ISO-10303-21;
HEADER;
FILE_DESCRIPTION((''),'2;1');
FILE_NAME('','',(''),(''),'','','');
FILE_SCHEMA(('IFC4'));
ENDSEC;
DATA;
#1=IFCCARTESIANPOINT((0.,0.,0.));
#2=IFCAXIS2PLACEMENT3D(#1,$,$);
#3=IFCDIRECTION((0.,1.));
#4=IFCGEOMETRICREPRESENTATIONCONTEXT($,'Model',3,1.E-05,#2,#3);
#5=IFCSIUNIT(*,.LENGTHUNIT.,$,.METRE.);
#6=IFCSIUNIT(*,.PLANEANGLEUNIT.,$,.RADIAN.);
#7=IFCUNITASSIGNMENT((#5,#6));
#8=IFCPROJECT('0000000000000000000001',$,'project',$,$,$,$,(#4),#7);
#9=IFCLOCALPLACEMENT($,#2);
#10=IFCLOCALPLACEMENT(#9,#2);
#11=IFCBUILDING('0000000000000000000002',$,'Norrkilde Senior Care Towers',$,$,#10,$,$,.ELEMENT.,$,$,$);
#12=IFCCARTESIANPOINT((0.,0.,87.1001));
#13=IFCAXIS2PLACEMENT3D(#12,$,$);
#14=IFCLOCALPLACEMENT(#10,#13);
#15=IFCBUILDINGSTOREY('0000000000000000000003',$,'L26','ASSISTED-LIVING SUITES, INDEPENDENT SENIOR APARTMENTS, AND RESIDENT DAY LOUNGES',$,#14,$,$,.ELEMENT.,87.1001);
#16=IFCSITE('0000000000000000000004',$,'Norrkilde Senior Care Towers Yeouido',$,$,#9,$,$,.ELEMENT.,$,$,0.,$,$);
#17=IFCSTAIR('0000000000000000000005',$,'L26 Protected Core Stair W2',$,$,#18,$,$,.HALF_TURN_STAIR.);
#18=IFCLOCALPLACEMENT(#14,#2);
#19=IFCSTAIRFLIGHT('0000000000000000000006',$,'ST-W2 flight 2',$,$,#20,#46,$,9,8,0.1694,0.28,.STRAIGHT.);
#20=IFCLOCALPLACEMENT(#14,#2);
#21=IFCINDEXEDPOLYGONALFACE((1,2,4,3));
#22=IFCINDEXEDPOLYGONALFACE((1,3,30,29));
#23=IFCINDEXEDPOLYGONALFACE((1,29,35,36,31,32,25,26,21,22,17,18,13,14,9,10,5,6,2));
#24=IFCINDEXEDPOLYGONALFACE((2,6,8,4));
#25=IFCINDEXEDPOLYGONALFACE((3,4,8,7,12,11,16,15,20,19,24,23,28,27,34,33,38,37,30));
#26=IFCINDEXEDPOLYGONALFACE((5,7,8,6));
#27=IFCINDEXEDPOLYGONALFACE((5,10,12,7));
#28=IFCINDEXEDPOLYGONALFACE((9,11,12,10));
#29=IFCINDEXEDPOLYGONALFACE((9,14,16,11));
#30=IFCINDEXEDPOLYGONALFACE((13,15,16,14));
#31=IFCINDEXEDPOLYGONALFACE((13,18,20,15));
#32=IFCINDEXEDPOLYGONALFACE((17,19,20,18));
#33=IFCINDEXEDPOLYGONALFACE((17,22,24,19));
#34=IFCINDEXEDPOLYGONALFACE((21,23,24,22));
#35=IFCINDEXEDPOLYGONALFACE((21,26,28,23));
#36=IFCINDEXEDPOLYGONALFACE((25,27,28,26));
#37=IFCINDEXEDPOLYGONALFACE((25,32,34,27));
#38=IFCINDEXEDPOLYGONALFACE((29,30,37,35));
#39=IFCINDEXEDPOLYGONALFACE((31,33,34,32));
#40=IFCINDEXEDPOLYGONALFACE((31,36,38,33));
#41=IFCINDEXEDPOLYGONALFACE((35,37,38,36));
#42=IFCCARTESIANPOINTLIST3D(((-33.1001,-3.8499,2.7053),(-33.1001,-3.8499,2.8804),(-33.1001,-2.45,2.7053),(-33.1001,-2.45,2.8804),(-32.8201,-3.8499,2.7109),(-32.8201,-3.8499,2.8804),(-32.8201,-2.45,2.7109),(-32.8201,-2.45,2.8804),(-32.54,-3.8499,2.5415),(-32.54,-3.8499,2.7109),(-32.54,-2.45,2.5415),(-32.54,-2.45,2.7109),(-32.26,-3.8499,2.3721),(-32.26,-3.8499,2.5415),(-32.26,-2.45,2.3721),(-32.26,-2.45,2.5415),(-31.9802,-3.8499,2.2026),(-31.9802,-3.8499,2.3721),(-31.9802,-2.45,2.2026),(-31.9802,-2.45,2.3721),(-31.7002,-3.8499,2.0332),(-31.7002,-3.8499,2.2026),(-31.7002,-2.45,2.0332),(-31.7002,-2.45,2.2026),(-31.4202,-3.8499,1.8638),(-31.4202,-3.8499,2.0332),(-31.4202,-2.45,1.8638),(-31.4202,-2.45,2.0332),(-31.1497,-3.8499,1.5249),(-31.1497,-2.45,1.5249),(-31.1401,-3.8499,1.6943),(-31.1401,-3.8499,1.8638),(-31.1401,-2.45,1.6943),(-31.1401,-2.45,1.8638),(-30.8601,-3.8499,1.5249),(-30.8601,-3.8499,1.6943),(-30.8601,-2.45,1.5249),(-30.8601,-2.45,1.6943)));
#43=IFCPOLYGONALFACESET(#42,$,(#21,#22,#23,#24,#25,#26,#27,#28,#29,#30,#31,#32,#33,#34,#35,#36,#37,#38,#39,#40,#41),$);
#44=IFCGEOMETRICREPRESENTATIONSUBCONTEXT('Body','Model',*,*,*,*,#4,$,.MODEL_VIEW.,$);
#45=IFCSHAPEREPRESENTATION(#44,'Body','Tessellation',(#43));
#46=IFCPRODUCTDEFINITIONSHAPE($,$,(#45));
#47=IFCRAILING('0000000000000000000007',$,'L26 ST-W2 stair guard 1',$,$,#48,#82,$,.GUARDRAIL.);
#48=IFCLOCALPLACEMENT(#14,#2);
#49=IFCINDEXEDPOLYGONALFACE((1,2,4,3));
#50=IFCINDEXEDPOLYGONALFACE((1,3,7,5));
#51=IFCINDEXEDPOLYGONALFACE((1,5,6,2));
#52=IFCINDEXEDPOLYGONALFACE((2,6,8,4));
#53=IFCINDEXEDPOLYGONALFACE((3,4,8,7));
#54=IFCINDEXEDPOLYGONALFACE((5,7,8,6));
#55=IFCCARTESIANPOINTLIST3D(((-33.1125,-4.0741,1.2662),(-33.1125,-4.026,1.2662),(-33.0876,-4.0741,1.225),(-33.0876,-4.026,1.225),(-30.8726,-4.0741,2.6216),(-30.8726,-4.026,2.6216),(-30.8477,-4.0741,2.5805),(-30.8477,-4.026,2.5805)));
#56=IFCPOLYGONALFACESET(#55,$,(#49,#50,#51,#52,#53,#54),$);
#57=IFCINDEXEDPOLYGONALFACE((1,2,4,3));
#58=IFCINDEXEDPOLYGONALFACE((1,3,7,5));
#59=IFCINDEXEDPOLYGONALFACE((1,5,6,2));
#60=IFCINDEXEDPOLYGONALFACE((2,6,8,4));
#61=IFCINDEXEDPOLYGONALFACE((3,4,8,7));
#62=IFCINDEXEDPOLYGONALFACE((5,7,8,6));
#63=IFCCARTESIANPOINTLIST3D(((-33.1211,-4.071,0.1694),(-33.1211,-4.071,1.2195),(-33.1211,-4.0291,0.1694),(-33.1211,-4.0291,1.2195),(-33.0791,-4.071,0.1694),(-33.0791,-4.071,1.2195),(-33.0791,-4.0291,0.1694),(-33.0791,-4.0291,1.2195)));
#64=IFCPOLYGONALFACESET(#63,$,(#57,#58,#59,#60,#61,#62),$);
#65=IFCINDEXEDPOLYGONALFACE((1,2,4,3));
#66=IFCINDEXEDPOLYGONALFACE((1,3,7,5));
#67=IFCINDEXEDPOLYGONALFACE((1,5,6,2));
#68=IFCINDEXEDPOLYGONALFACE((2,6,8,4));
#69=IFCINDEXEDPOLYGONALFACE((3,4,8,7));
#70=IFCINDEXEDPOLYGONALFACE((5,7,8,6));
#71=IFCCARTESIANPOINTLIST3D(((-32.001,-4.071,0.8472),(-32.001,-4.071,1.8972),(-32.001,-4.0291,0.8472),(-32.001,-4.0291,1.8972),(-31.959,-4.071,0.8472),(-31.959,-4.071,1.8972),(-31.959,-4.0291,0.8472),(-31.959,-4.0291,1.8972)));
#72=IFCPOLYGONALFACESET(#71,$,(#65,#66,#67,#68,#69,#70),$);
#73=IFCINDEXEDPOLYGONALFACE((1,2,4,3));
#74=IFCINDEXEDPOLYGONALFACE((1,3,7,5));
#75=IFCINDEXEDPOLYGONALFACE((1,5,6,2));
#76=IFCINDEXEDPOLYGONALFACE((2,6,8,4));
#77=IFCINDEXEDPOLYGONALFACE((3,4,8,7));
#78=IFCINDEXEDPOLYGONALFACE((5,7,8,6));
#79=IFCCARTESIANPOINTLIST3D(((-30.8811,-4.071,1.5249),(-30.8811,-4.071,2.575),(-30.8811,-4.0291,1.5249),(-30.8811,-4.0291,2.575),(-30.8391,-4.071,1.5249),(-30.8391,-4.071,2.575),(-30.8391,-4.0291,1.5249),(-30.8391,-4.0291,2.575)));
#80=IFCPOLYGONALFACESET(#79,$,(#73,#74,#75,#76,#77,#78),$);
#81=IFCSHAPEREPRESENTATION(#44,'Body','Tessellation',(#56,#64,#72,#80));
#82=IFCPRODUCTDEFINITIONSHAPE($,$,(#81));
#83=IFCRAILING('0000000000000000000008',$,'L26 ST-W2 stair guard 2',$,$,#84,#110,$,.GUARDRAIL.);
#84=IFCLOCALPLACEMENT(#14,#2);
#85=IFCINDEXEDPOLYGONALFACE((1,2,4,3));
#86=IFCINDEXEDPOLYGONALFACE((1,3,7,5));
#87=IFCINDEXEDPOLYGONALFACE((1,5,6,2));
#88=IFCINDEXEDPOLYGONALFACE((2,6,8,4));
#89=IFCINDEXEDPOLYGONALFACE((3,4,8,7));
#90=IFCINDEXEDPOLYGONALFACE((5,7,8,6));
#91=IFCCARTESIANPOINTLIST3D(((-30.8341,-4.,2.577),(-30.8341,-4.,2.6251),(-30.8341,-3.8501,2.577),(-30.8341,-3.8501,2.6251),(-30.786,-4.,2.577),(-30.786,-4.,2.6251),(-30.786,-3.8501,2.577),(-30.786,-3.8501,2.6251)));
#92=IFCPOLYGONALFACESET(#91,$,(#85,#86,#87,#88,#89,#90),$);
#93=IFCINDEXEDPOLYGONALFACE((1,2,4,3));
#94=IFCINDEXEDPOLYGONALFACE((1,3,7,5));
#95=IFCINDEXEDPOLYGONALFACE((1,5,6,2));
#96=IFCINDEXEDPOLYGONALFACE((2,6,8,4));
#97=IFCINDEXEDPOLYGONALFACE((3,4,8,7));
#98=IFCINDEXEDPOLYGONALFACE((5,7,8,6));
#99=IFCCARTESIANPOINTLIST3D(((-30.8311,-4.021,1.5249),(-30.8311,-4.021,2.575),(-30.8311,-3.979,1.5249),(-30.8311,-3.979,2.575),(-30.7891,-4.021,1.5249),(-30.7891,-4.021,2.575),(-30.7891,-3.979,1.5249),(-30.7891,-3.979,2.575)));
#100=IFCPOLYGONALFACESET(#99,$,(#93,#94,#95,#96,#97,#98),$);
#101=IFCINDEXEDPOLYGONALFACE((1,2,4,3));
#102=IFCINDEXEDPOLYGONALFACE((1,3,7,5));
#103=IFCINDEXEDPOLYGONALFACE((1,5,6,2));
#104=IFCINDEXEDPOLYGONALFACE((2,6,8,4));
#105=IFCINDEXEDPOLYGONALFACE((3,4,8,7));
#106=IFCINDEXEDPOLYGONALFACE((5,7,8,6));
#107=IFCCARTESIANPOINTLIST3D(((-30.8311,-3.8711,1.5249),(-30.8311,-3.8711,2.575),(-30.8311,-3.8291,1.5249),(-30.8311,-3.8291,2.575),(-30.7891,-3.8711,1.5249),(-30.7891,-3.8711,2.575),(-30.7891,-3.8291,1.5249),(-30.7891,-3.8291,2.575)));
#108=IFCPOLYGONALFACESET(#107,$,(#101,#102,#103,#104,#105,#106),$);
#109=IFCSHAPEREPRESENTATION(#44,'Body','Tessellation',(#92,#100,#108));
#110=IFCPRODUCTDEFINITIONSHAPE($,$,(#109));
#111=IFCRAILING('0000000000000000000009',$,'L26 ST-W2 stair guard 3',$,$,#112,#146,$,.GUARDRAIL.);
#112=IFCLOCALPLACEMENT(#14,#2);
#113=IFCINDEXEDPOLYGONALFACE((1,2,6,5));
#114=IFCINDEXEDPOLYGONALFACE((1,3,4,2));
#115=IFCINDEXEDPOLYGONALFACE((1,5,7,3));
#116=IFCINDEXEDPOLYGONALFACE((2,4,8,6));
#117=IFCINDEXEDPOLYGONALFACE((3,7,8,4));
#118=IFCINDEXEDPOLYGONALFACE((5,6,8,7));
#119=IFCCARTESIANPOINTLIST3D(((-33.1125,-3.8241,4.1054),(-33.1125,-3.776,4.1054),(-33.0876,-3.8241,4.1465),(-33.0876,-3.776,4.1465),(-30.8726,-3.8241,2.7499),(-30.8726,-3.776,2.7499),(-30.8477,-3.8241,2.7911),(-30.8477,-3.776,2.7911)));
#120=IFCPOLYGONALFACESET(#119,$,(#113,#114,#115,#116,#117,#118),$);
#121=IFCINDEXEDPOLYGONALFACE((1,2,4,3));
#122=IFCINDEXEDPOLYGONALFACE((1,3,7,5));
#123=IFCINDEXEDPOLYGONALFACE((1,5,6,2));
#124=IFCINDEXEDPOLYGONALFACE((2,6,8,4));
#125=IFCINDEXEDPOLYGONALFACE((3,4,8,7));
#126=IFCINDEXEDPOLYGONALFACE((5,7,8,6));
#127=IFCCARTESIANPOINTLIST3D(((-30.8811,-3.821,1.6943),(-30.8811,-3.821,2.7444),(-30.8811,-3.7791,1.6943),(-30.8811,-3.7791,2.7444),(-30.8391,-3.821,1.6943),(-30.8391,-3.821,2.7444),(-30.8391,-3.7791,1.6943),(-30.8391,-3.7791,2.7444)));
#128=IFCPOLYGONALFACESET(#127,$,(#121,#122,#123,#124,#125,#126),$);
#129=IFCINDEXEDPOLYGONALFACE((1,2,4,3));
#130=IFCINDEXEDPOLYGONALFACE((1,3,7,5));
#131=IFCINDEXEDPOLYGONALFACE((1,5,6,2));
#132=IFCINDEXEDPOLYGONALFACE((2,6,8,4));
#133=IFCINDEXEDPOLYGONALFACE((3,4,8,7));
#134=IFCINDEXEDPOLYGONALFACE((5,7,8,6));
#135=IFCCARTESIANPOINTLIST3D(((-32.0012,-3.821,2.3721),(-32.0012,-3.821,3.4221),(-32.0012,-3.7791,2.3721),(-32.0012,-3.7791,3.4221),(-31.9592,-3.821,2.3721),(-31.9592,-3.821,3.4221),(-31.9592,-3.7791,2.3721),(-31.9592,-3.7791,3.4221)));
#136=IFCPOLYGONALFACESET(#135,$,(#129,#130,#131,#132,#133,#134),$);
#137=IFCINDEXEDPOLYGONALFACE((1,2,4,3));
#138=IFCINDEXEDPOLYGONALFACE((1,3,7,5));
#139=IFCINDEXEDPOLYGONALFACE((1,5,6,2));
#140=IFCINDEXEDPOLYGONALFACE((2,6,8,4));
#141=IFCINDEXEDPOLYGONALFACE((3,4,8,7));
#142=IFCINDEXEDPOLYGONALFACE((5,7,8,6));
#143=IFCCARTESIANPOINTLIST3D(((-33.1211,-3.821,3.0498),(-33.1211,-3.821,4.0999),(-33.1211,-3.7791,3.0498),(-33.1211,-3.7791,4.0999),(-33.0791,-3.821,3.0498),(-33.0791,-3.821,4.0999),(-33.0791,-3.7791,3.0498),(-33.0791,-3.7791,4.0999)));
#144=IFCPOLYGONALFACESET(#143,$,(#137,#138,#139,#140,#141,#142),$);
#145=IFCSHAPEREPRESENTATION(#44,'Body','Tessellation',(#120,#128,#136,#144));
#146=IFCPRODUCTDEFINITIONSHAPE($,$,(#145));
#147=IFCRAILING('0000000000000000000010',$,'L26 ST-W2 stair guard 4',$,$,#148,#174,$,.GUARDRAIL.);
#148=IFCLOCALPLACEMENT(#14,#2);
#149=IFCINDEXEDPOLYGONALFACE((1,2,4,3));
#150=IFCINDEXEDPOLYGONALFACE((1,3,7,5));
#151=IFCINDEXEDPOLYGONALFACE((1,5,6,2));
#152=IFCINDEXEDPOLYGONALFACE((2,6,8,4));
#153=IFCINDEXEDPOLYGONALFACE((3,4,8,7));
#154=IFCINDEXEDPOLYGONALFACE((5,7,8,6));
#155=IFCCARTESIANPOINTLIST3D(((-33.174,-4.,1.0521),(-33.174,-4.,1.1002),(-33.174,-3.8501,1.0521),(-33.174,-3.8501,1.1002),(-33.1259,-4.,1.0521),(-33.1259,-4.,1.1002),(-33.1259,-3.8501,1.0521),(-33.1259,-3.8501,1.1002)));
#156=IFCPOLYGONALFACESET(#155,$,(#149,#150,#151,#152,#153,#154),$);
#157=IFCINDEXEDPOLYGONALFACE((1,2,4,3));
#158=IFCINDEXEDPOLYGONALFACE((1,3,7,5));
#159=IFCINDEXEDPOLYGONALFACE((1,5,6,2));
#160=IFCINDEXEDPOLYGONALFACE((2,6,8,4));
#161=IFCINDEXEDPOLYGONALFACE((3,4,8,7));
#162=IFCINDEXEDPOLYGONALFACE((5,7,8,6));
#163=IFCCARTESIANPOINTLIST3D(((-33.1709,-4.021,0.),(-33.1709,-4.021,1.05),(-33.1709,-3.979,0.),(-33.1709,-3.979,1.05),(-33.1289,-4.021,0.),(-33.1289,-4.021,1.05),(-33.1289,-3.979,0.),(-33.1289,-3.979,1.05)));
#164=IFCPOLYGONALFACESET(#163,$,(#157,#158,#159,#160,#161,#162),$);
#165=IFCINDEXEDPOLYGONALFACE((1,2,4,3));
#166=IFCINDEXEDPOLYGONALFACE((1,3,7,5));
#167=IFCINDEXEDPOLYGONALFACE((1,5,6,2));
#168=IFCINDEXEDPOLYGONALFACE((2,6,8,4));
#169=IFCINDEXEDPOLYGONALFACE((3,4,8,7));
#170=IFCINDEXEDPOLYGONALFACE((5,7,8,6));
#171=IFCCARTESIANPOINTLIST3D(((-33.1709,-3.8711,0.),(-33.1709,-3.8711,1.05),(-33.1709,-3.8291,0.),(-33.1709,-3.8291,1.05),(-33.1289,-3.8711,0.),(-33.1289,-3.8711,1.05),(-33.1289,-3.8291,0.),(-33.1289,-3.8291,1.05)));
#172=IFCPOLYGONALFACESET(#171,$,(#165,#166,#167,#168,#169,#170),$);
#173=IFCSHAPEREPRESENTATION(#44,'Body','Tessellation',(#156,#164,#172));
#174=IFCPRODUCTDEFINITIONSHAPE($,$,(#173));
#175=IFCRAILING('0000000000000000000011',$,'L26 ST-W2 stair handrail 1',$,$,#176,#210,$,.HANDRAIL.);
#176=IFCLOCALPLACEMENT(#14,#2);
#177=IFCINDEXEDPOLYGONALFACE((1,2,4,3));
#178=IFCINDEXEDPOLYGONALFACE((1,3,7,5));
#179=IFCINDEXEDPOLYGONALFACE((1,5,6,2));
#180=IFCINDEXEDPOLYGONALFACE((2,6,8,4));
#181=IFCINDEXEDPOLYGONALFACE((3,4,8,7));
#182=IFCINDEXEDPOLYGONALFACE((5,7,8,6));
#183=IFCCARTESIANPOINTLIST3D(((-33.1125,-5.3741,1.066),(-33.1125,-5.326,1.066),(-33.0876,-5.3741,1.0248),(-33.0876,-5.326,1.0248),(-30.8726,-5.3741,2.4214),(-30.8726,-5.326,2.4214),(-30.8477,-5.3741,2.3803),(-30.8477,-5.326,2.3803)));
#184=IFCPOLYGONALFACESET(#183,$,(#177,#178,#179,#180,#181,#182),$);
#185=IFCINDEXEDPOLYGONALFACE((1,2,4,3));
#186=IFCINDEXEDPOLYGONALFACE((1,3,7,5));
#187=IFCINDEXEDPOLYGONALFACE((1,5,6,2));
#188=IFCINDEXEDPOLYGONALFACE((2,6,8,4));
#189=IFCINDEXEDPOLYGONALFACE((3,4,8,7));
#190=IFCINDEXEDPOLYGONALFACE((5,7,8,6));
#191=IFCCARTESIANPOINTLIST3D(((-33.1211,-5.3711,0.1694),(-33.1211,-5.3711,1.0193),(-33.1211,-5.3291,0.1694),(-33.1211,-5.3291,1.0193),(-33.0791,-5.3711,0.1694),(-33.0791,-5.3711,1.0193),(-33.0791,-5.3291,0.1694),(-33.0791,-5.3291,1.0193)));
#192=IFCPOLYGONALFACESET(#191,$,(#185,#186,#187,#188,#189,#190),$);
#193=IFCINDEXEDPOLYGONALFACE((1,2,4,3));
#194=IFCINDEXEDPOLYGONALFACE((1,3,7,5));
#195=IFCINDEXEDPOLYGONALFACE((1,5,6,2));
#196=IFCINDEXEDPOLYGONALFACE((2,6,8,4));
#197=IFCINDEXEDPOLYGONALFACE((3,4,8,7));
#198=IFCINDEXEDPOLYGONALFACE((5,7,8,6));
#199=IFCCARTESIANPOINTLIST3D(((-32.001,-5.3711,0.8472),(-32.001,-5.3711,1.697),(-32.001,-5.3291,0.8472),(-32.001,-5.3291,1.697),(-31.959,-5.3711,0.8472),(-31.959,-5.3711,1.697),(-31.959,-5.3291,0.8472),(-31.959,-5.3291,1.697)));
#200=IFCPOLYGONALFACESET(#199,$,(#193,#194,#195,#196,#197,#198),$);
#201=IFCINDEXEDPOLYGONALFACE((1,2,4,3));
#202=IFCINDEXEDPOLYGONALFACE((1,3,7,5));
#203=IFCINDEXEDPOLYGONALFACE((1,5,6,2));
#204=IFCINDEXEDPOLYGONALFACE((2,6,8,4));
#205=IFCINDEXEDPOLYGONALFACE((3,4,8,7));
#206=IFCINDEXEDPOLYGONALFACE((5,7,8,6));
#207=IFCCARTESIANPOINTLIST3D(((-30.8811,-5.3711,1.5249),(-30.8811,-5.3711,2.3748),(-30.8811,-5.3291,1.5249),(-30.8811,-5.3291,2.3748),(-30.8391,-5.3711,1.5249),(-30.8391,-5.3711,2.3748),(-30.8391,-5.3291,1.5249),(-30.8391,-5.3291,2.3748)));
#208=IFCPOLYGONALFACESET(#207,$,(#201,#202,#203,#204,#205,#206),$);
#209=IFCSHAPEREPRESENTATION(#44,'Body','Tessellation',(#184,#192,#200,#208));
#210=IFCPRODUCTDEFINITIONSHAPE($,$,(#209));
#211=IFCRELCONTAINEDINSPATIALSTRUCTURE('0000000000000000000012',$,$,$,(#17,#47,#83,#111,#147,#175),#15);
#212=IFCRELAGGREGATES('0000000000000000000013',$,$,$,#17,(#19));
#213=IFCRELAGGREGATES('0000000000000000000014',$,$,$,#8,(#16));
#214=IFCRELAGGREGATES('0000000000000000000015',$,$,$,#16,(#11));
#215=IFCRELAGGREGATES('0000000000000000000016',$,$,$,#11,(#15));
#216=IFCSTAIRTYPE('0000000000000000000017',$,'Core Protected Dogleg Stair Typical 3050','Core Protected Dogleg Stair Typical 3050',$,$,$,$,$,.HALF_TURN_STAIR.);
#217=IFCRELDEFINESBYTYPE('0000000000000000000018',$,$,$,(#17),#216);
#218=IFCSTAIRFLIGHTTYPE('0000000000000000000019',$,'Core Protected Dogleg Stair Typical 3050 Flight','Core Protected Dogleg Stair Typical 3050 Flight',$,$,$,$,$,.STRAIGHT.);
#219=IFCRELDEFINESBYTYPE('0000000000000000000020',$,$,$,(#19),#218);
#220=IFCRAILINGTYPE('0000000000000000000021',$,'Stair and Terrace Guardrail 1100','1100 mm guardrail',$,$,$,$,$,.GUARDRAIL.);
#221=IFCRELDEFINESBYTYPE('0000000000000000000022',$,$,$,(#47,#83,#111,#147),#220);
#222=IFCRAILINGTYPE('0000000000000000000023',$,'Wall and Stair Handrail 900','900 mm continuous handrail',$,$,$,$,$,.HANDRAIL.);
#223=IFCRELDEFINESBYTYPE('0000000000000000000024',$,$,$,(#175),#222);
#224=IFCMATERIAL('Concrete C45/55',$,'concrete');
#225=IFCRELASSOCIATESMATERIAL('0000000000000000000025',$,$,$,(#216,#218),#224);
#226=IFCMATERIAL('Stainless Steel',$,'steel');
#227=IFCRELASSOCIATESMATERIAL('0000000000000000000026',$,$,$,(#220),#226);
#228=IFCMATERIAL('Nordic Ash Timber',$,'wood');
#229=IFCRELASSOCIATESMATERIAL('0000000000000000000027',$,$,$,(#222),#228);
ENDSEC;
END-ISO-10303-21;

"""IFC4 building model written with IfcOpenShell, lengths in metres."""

from ifc_helpers import new_model, si_unit, direction, frame, origin, origin_2d, place, context, subcontext, project, spatial, polyline, rectangle, outline, extrude, material, type_object, element, aggregate, save


model = new_model("IFC4")

# Units and contexts
model_context = context("Model", 3, precision=1e-05, world=origin(), true_north=direction((0.0, 1.0)))
body_context = subcontext(model_context, "Body", "Model", "MODEL_VIEW")
ifc_project = project(units=[si_unit("LENGTHUNIT", "METRE"), si_unit("PLANEANGLEUNIT", "RADIAN")], contexts=[model_context])

# Site, building, storey
site_placement = place(None, origin())
site = spatial("IfcSite", under=ifc_project, at=site_placement, Name="Norrkilde Senior Care Towers Yeouido", CompositionType="ELEMENT", RefElevation=0.0)
building_placement = place(site_placement, origin())
building = spatial("IfcBuilding", under=site, at=building_placement, Name="Norrkilde Senior Care Towers", CompositionType="ELEMENT")
storey_placement = place(building_placement, frame((0.0, 0.0, 87.1001)))
storey = spatial("IfcBuildingStorey", under=building, at=storey_placement, Name="L26", Description="ASSISTED-LIVING SUITES, INDEPENDENT SENIOR APARTMENTS, AND RESIDENT DAY LOUNGES", CompositionType="ELEMENT", Elevation=87.1001)

# Shared definitions
ifc_material_1 = material(Name="Concrete C45/55", Category="concrete")
ifc_material_2 = material(Name="Stainless Steel", Category="steel")

# Shared definitions
ifc_material_3 = material(Name="Nordic Ash Timber", Category="wood")

# Stair, stair flight
stair_type = type_object("IfcStairType", Name="Core Protected Dogleg Stair Typical 3050", Description="Core Protected Dogleg Stair Typical 3050", PredefinedType="HALF_TURN_STAIR", material=ifc_material_1)
stair_placement = place(storey_placement, origin())
stair = element("IfcStair", 1, at=stair_placement, inside=storey, type_object=stair_type, Name="L26 Protected Core Stair W2", PredefinedType="HALF_TURN_STAIR")
stair_flight_type = type_object("IfcStairFlightType", Name="Core Protected Dogleg Stair Typical 3050 Flight", Description="Core Protected Dogleg Stair Typical 3050 Flight", PredefinedType="STRAIGHT", material=ifc_material_1)
stair_flight_1_placement = place(storey_placement, frame((-30.8601, -3.1499, 1.5249), z_axis=(0.0, 0.0, 1.0), x_axis=(-1.0, 0.0, 0.0)))
stair_flight_1 = element("IfcStairFlight", 2, at=stair_flight_1_placement, type_object=stair_flight_type, Name="ST-W2 flight 2", NumberOfRisers=9, NumberOfTreads=8, PredefinedType="STRAIGHT", RiserHeight=0.1694, TreadLength=0.28, context=body_context, shape_type="SweptSolid", body=[
    extrude(outline(polyline([(0.0, 0.0), (0.0, 0.1694), (0.28, 0.1694), (0.28, 0.3389), (0.5601, 0.3389), (0.5601, 0.5083), (0.8401, 0.5083), (0.8401, 0.6777), (1.1201, 0.6777), (1.1201, 0.8472), (1.3999, 0.8472), (1.3999, 1.0166), (1.6799, 1.0166), (1.6799, 1.186), (1.96, 1.186), (1.96, 1.3555), (2.24, 1.3555), (2.24, 1.5249), (2.24, 1.1804), (0.2896, 0.0), (0.0, 0.0)])), frame((0.0, 0.7, 0.0), z_axis=(0.0, -1.0, 0.0), x_axis=(1.0, 0.0, 0.0)), (0.0, 0.0, 1.0), 1.3999),
])
aggregate(stair, [stair_flight_1])

# Railings
railing_type_1 = type_object("IfcRailingType", Name="Stair and Terrace Guardrail 1100", Description="1100 mm guardrail", PredefinedType="GUARDRAIL", material=ifc_material_2)
railing_1_placement = place(storey_placement, frame((-33.1001, -4.05, 0.1694)))
element("IfcRailing", 3, at=railing_1_placement, inside=storey, type_object=railing_type_1, Name="L26 ST-W2 stair guard 1", PredefinedType="GUARDRAIL", context=body_context, shape_type="SweptSolid", body=[
    extrude(rectangle(XDim=0.0481, YDim=0.0481, at=origin_2d()), frame((0.0, 0.0, 1.0762), z_axis=(0.855553, 0.0, 0.517715), x_axis=(0.0, 1.0, 0.0)), (0.0, 0.0, 1.0), 2.6182),
    extrude(rectangle(XDim=0.042, YDim=0.042, at=origin_2d()), origin(), (0.0, 0.0, 1.0), 1.05),
    extrude(rectangle(XDim=0.042, YDim=0.042, at=origin_2d()), frame((1.1201, 0.0, 0.6777)), (0.0, 0.0, 1.0), 1.05),
    extrude(rectangle(XDim=0.042, YDim=0.042, at=origin_2d()), frame((2.24, 0.0, 1.3555)), (0.0, 0.0, 1.0), 1.05),
])
railing_2_placement = place(storey_placement, frame((-30.8101, -4.0, 1.5249)))
element("IfcRailing", 4, at=railing_2_placement, inside=storey, type_object=railing_type_1, Name="L26 ST-W2 stair guard 2", PredefinedType="GUARDRAIL", context=body_context, shape_type="SweptSolid", body=[
    extrude(rectangle(XDim=0.0481, YDim=0.0481, at=origin_2d()), frame((0.0, 0.0, 1.0762), z_axis=(0.0, 1.0, 0.0), x_axis=(-1.0, 0.0, 0.0)), (0.0, 0.0, 1.0), 0.1499),
    extrude(rectangle(XDim=0.042, YDim=0.042, at=origin_2d()), origin(), (0.0, 0.0, 1.0), 1.05),
    extrude(rectangle(XDim=0.042, YDim=0.042, at=origin_2d()), frame((0.0, 0.1499, 0.0)), (0.0, 0.0, 1.0), 1.05),
])
railing_3_placement = place(storey_placement, frame((-30.8601, -3.8, 1.6943)))
element("IfcRailing", 5, at=railing_3_placement, inside=storey, type_object=railing_type_1, Name="L26 ST-W2 stair guard 3", PredefinedType="GUARDRAIL", context=body_context, shape_type="SweptSolid", body=[
    extrude(rectangle(XDim=0.0481, YDim=0.0481, at=origin_2d()), frame((0.0, 0.0, 1.0762), z_axis=(-0.855553, 0.0, 0.517715), x_axis=(0.0, -1.0, 0.0)), (0.0, 0.0, 1.0), 2.6182),
    extrude(rectangle(XDim=0.042, YDim=0.042, at=origin_2d()), origin(), (0.0, 0.0, 1.0), 1.05),
    extrude(rectangle(XDim=0.042, YDim=0.042, at=origin_2d()), frame((-1.1201, 0.0, 0.6777)), (0.0, 0.0, 1.0), 1.05),
    extrude(rectangle(XDim=0.042, YDim=0.042, at=origin_2d()), frame((-2.24, 0.0, 1.3555)), (0.0, 0.0, 1.0), 1.05),
])
railing_4_placement = place(storey_placement, frame((-33.1499, -4.0, 0.0)))
element("IfcRailing", 6, at=railing_4_placement, inside=storey, type_object=railing_type_1, Name="L26 ST-W2 stair guard 4", PredefinedType="GUARDRAIL", context=body_context, shape_type="SweptSolid", body=[
    extrude(rectangle(XDim=0.0481, YDim=0.0481, at=origin_2d()), frame((0.0, 0.0, 1.0762), z_axis=(0.0, 1.0, 0.0), x_axis=(-1.0, 0.0, 0.0)), (0.0, 0.0, 1.0), 0.1499),
    extrude(rectangle(XDim=0.042, YDim=0.042, at=origin_2d()), origin(), (0.0, 0.0, 1.0), 1.05),
    extrude(rectangle(XDim=0.042, YDim=0.042, at=origin_2d()), frame((0.0, 0.1499, 0.0)), (0.0, 0.0, 1.0), 1.05),
])
railing_type_2 = type_object("IfcRailingType", Name="Wall and Stair Handrail 900", Description="900 mm continuous handrail", PredefinedType="HANDRAIL", material=ifc_material_3)
railing_5_placement = place(storey_placement, frame((-33.1001, -5.3501, 0.1694)))
element("IfcRailing", 7, at=railing_5_placement, inside=storey, type_object=railing_type_2, Name="L26 ST-W2 stair handrail 1", PredefinedType="HANDRAIL", context=body_context, shape_type="SweptSolid", body=[
    extrude(rectangle(XDim=0.0481, YDim=0.0481, at=origin_2d()), frame((0.0, 0.0, 0.876), z_axis=(0.855553, 0.0, 0.517715), x_axis=(0.0, 1.0, 0.0)), (0.0, 0.0, 1.0), 2.6182),
    extrude(rectangle(XDim=0.042, YDim=0.042, at=origin_2d()), origin(), (0.0, 0.0, 1.0), 0.8499),
    extrude(rectangle(XDim=0.042, YDim=0.042, at=origin_2d()), frame((1.1201, 0.0, 0.6777)), (0.0, 0.0, 1.0), 0.8499),
    extrude(rectangle(XDim=0.042, YDim=0.042, at=origin_2d()), frame((2.24, 0.0, 1.3555)), (0.0, 0.0, 1.0), 0.8499),
])

save(model, "model.ifc")
